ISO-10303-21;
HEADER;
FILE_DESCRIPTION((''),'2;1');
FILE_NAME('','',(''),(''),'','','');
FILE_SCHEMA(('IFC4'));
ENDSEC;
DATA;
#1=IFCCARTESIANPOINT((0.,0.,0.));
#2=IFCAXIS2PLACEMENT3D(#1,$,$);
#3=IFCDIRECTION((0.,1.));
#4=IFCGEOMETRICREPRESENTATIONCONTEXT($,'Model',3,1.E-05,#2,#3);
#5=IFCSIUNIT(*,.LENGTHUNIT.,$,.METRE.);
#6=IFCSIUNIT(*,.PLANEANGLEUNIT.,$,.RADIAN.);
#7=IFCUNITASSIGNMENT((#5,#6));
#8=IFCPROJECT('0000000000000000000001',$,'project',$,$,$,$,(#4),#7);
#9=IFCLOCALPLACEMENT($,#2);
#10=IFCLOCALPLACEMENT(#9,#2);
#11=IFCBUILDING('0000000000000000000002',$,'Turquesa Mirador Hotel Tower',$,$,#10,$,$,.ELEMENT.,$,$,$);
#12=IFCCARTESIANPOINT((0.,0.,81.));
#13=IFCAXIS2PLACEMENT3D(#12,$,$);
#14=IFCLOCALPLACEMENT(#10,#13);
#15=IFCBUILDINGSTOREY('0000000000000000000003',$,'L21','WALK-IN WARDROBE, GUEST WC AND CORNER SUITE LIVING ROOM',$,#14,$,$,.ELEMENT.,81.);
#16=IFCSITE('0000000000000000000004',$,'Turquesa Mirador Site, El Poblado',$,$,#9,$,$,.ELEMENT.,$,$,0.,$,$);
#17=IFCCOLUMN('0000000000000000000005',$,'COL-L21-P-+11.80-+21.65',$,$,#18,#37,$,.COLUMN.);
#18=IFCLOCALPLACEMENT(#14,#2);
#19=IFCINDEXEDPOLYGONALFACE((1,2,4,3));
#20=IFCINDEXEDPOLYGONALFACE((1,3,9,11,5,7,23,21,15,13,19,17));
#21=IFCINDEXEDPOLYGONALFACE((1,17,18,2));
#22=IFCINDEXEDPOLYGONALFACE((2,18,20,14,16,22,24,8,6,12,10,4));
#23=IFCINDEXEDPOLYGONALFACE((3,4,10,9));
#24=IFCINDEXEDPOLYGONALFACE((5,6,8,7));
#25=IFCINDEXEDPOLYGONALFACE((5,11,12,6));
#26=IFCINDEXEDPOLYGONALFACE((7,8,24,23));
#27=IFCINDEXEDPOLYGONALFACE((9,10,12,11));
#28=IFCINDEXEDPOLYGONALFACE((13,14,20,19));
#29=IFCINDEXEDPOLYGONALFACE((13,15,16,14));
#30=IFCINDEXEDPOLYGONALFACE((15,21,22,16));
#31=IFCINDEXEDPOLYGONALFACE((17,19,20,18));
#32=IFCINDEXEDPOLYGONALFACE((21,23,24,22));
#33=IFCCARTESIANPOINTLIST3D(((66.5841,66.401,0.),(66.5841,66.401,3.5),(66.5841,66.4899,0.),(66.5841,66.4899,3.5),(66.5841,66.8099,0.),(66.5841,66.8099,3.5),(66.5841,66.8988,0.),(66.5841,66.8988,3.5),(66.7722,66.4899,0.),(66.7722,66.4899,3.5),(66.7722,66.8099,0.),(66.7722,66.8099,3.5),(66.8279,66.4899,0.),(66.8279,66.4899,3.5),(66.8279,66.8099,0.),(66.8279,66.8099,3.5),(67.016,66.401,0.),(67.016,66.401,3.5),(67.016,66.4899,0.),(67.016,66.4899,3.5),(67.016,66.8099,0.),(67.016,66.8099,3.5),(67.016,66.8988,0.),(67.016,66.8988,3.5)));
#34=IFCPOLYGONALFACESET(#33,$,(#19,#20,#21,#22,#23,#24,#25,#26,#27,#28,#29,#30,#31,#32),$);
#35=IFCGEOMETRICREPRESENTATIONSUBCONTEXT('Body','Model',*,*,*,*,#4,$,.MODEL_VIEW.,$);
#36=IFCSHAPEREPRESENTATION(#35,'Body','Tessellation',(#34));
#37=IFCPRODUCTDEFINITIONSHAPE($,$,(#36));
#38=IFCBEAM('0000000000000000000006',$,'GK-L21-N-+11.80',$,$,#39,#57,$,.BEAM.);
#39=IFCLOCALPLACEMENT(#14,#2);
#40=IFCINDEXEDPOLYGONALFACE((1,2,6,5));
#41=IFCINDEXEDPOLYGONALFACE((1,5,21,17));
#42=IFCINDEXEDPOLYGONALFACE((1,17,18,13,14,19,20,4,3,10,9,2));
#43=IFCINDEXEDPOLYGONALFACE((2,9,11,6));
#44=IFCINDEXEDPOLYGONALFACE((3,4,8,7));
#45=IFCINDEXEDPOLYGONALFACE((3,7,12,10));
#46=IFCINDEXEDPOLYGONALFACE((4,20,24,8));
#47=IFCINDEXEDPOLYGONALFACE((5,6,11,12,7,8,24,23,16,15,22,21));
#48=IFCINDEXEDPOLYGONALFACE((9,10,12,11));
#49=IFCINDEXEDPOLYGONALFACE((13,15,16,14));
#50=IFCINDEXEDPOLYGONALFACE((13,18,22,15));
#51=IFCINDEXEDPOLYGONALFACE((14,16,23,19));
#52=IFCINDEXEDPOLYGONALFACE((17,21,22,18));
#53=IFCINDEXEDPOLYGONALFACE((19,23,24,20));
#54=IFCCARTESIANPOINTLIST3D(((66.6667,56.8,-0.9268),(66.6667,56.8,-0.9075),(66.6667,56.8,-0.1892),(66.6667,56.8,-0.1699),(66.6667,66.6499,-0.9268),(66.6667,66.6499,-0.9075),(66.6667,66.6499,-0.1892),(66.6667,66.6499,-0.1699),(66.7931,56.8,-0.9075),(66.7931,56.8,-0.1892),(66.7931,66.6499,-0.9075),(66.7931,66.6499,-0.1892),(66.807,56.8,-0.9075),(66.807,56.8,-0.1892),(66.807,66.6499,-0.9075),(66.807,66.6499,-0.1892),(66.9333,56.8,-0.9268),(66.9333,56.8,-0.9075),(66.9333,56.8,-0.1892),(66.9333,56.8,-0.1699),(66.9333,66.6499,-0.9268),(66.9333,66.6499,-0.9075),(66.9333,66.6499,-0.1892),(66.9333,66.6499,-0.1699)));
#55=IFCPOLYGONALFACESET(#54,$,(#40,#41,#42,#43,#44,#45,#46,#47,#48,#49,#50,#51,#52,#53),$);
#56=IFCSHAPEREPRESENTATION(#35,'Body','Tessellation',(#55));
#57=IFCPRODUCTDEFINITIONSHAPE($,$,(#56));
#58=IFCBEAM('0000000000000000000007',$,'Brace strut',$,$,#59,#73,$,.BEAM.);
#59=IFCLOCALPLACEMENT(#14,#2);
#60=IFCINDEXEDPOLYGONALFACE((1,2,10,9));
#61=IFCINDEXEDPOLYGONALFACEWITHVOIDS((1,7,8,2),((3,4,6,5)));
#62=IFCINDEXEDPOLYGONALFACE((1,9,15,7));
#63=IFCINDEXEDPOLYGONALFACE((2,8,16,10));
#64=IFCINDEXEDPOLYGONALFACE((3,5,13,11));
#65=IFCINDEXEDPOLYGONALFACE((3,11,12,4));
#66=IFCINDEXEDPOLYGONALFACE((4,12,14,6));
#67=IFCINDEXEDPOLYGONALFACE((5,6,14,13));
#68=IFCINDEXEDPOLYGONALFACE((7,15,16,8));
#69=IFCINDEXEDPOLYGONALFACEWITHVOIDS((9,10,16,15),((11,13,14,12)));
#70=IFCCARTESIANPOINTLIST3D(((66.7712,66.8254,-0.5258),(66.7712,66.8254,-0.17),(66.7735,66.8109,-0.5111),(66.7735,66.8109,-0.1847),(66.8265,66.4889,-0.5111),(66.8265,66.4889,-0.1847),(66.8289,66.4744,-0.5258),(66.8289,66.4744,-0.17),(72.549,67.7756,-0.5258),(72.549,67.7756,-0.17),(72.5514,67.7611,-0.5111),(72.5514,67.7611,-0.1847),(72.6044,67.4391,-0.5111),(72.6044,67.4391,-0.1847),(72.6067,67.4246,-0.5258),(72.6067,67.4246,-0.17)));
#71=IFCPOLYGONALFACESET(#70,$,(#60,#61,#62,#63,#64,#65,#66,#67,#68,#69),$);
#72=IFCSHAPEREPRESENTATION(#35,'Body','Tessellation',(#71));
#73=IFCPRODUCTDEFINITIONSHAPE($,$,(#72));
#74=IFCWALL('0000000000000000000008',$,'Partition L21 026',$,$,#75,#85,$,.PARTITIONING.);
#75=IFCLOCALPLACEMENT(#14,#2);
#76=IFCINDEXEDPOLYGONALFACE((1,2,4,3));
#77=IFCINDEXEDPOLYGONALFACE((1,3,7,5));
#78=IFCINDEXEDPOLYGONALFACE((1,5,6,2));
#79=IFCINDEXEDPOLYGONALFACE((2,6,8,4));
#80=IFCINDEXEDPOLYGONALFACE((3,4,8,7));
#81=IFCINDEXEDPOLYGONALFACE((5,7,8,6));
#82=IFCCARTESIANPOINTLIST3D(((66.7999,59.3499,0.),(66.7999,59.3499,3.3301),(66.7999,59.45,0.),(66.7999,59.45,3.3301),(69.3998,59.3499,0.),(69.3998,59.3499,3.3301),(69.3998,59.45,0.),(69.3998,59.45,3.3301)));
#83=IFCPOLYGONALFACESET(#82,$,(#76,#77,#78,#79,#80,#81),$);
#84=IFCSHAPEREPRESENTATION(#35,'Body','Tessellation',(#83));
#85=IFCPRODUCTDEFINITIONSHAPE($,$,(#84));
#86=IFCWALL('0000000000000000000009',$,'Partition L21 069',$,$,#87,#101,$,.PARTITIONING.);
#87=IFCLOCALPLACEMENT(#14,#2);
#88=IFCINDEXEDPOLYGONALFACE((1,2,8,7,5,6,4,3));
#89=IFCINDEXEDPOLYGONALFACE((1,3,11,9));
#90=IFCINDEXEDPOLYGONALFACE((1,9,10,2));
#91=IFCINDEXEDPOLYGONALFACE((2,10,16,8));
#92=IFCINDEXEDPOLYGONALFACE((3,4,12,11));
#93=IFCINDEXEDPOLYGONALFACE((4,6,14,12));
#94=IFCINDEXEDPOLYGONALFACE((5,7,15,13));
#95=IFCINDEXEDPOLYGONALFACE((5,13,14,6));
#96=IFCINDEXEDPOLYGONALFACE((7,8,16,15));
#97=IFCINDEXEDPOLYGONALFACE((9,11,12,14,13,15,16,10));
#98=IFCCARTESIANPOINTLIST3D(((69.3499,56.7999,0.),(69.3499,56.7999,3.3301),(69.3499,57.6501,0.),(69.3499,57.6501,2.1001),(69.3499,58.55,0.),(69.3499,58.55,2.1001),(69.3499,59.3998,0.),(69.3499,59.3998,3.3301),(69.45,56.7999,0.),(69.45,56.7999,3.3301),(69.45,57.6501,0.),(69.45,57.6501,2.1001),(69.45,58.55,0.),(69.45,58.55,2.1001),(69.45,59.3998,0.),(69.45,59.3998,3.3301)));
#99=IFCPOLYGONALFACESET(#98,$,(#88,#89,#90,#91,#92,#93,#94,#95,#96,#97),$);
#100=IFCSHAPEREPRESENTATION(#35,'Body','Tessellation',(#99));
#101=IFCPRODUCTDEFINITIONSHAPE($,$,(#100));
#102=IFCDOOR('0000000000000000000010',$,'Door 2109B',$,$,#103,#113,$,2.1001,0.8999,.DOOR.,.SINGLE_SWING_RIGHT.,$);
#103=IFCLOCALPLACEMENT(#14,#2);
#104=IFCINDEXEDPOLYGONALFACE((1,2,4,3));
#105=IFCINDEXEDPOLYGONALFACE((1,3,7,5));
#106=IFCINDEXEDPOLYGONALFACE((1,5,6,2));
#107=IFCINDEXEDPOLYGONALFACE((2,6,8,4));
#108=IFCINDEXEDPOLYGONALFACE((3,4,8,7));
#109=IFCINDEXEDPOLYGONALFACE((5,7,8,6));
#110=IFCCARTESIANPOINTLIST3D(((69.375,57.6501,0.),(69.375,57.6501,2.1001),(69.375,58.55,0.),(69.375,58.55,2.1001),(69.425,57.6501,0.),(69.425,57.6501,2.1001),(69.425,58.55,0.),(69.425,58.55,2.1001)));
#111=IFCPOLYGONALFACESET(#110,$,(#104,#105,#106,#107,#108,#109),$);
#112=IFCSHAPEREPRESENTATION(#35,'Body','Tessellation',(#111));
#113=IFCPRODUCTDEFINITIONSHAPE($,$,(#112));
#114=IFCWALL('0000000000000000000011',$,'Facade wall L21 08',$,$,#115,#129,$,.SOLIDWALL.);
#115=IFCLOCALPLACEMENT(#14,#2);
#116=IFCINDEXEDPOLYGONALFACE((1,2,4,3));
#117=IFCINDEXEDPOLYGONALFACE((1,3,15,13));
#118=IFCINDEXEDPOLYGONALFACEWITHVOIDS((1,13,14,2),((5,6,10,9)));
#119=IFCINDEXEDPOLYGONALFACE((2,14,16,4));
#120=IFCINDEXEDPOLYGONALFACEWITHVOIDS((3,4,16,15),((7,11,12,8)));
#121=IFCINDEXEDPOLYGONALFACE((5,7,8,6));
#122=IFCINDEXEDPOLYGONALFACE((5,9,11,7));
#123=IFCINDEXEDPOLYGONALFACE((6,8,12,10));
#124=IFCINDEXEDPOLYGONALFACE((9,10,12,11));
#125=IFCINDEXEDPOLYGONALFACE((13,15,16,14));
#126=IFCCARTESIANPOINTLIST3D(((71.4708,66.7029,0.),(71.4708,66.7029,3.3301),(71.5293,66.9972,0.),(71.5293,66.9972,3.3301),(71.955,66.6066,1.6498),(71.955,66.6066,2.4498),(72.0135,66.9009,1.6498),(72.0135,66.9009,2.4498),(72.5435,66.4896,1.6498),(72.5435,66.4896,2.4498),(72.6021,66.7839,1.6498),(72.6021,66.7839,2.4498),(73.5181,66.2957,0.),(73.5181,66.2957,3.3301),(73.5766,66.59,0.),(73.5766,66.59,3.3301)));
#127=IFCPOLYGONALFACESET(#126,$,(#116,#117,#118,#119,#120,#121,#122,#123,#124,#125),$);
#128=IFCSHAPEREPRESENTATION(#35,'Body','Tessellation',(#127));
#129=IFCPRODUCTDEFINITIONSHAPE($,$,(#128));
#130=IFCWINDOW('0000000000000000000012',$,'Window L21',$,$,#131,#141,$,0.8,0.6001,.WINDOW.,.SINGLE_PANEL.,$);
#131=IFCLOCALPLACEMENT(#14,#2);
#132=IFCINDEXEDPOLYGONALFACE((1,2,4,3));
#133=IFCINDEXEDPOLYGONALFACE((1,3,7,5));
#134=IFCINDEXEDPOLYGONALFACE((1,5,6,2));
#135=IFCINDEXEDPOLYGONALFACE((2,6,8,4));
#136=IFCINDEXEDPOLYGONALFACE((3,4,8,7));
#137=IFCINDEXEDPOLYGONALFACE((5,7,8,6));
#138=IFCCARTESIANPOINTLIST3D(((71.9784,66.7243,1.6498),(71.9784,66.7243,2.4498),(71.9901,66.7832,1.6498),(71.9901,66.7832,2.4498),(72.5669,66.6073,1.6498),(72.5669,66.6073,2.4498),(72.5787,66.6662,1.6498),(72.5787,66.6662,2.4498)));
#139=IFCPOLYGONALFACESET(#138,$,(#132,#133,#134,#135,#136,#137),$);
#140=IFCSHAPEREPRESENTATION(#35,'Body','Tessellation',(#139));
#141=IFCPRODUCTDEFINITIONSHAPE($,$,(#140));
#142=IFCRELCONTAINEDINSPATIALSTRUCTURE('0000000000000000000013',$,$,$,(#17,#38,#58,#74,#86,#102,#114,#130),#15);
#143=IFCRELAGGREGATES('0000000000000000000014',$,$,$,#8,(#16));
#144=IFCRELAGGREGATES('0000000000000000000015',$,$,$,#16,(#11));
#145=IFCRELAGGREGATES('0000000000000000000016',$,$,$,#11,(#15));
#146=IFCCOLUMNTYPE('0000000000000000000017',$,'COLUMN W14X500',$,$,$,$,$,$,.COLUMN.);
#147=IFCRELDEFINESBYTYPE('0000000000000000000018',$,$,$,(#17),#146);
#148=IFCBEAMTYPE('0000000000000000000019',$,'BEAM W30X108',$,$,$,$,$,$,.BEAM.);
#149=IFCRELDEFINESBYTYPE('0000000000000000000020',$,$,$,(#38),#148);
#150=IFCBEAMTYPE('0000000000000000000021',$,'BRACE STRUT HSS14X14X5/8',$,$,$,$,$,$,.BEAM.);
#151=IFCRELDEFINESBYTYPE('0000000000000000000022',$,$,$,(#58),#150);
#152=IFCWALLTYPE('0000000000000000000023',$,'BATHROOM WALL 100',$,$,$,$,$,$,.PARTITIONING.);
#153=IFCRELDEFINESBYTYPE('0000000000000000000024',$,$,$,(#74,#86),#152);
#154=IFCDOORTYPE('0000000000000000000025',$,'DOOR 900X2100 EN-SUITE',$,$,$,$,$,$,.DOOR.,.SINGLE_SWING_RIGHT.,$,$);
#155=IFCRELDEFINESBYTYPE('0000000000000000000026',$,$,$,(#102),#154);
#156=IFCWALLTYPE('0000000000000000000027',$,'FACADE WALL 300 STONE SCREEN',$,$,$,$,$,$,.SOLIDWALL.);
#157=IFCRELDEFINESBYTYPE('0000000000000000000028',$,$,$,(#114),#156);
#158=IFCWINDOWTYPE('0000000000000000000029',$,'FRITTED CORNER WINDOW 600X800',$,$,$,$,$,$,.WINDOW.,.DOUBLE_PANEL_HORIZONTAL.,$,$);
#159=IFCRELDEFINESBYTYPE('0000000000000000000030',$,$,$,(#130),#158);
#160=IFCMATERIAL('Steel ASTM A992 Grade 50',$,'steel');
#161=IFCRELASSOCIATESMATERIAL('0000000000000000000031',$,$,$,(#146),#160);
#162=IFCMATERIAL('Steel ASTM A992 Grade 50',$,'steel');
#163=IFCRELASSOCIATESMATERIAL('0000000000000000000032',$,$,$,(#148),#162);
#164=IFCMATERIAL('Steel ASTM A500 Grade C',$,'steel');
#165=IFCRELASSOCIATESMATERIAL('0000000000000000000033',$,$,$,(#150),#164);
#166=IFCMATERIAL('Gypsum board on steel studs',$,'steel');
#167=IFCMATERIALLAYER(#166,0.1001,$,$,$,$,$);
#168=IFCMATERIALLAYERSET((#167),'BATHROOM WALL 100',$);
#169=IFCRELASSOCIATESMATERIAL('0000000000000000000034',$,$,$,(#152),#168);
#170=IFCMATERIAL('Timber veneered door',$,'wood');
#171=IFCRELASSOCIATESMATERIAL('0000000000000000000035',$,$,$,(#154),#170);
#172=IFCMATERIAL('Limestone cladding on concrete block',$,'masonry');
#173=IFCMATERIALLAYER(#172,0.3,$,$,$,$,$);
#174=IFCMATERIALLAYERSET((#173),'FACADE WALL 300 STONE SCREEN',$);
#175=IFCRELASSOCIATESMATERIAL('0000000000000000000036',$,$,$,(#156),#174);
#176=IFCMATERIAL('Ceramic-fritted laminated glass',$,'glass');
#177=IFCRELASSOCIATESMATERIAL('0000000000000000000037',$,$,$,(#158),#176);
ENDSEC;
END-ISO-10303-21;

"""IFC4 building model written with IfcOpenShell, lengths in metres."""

from ifc_helpers import new_model, si_unit, direction, frame, frame_2d, origin, origin_2d, place, context, subcontext, project, spatial, rectangle, hollow_rectangle, i_section, extrude, material, layer, layer_set, material_profile, profile_set, type_object, element, fill, save


model = new_model("IFC4")

# Units and contexts
model_context = context("Model", 3, precision=1e-05, world=origin(), true_north=direction((0.0, 1.0)))
body_context = subcontext(model_context, "Body", "Model", "MODEL_VIEW")
ifc_project = project(units=[si_unit("LENGTHUNIT", "METRE"), si_unit("PLANEANGLEUNIT", "RADIAN")], contexts=[model_context])

# Site, building, storey
site_placement = place(None, origin())
site = spatial("IfcSite", under=ifc_project, at=site_placement, Name="Turquesa Mirador Site, El Poblado", CompositionType="ELEMENT", RefElevation=0.0)
building_placement = place(site_placement, origin())
building = spatial("IfcBuilding", under=site, at=building_placement, Name="Turquesa Mirador Hotel Tower", CompositionType="ELEMENT")
storey_placement = place(building_placement, frame((0.0, 0.0, 81.0)))
storey = spatial("IfcBuildingStorey", under=building, at=storey_placement, Name="L21", Description="WALK-IN WARDROBE, GUEST WC AND CORNER SUITE LIVING ROOM", CompositionType="ELEMENT", Elevation=81.0)

# Column
ifc_material_1 = material(Name="Steel ASTM A992 Grade 50", Category="steel")
ifc_material_profile_1 = material_profile(ifc_material_1, i_section(OverallWidth=0.4319, OverallDepth=0.4978, WebThickness=0.0557, FlangeThickness=0.0889, at=origin_2d()), Name="W14X500")
ifc_profile_set_1 = profile_set([ifc_material_profile_1], Name="Steel ASTM A992 Grade 50")
column_type = type_object("IfcColumnType", Name="COLUMN W14X500", PredefinedType="COLUMN", material=ifc_profile_set_1)
column_placement = place(storey_placement, frame((66.8, 66.6499, 0.0), z_axis=(0.0, 0.0, 1.0), x_axis=(1.0, 0.0, 0.0)))
element("IfcColumn", 1, at=column_placement, inside=storey, type_object=column_type, Name="COL-L21-P-+11.80-+21.65", PredefinedType="COLUMN", context=body_context, shape_type="SweptSolid", body=[
    extrude(i_section(OverallWidth=0.4319, OverallDepth=0.4978, WebThickness=0.0557, FlangeThickness=0.0889, at=origin_2d()), origin(), (0.0, 0.0, 1.0), 3.5),
])

# Beams
ifc_material_2 = material(Name="Steel ASTM A992 Grade 50", Category="steel")
ifc_material_profile_2 = material_profile(ifc_material_2, i_section(OverallWidth=0.2666, OverallDepth=0.7568, WebThickness=0.0139, FlangeThickness=0.0193, at=origin_2d()), Name="W30X108")
ifc_profile_set_2 = profile_set([ifc_material_profile_2], Name="Steel ASTM A992 Grade 50")
beam_type_1 = type_object("IfcBeamType", Name="BEAM W30X108", PredefinedType="BEAM", material=ifc_profile_set_2)
beam_1_placement = place(storey_placement, frame((66.8, 66.6499, -0.5483), z_axis=(0.0, -1.0, 0.0), x_axis=(1.0, 0.0, 0.0)))
element("IfcBeam", 2, at=beam_1_placement, inside=storey, type_object=beam_type_1, Name="GK-L21-N-+11.80", PredefinedType="BEAM", context=body_context, shape_type="SweptSolid", body=[
    extrude(i_section(OverallWidth=0.2666, OverallDepth=0.7568, WebThickness=0.0139, FlangeThickness=0.0193, at=origin_2d()), origin(), (0.0, 0.0, 1.0), 9.8499),
])
ifc_material_3 = material(Name="Steel ASTM A500 Grade C", Category="steel")
ifc_material_profile_3 = material_profile(ifc_material_3, hollow_rectangle(XDim=0.3557, YDim=0.3557, WallThickness=0.0146, at=origin_2d()), Name="HSS14X14X5/8")
ifc_profile_set_3 = profile_set([ifc_material_profile_3], Name="Steel ASTM A500 Grade C")
beam_type_2 = type_object("IfcBeamType", Name="BRACE STRUT HSS14X14X5/8", PredefinedType="BEAM", material=ifc_profile_set_3)
beam_2_placement = place(storey_placement, frame((72.5779, 67.6001, -0.3479), z_axis=(-0.986745, -0.162276, 0.0), x_axis=(0.162276, -0.986745, 0.0)))
element("IfcBeam", 3, at=beam_2_placement, inside=storey, type_object=beam_type_2, Name="Brace strut", PredefinedType="BEAM", context=body_context, shape_type="SweptSolid", body=[
    extrude(hollow_rectangle(XDim=0.3557, YDim=0.3557, WallThickness=0.0146, at=origin_2d()), origin(), (0.0, 0.0, 1.0), 5.8555),
])

# Wall
ifc_material_4 = material(Name="Gypsum board on steel studs", Category="steel")
ifc_layer_1 = layer(ifc_material_4, 0.1001)
ifc_layer_set_1 = layer_set([ifc_layer_1], Name="BATHROOM WALL 100")
wall_type_1 = type_object("IfcWallType", Name="BATHROOM WALL 100", PredefinedType="PARTITIONING", material=ifc_layer_set_1)
wall_1_placement = place(storey_placement, frame((66.8, 59.3999, 0.0), z_axis=(0.0, 0.0, 1.0), x_axis=(1.0, 0.0, 0.0)))
element("IfcWall", 4, at=wall_1_placement, inside=storey, type_object=wall_type_1, Name="Partition L21 026", PredefinedType="PARTITIONING", context=body_context, shape_type="SweptSolid", body=[
    extrude(rectangle(XDim=2.5999, YDim=0.1001, at=frame_2d((1.2998, 0.0))), origin(), (0.0, 0.0, 1.0), 3.3301),
])

# Wall, opening, door
wall_2_placement = place(storey_placement, frame((69.3999, 56.8, 0.0), z_axis=(0.0, 0.0, 1.0), x_axis=(0.0, 1.0, 0.0)))
wall_2 = element("IfcWall", 5, at=wall_2_placement, inside=storey, type_object=wall_type_1, Name="Partition L21 069", PredefinedType="PARTITIONING", context=body_context, shape_type="SweptSolid", body=[
    extrude(rectangle(XDim=2.5999, YDim=0.1001, at=frame_2d((1.2998, 0.0))), origin(), (0.0, 0.0, 1.0), 3.3301),
])
opening_1_placement = place(wall_2_placement, frame((0.8501, 0.0, 0.0)))
opening_1 = element("IfcOpeningElement", 6, at=opening_1_placement, cuts=wall_2, PredefinedType="OPENING", context=body_context, shape_type="SweptSolid", body=[
    extrude(rectangle(XDim=0.8999, YDim=2.1001, at=frame_2d((0.45, 1.05))), frame((0.0, 0.0601, 0.0), z_axis=(0.0, -1.0, 0.0), x_axis=(1.0, 0.0, 0.0)), (0.0, 0.0, 1.0), 0.1201),
])
ifc_material_5 = material(Name="Timber veneered door", Category="wood")
door_type = type_object("IfcDoorType", Name="DOOR 900X2100 EN-SUITE", OperationType="SINGLE_SWING_RIGHT", PredefinedType="DOOR", material=ifc_material_5)
door_placement = place(opening_1_placement, origin())
door = element("IfcDoor", 7, at=door_placement, inside=storey, type_object=door_type, Name="Door 2109B", OperationType="SINGLE_SWING_RIGHT", OverallHeight=2.1001, OverallWidth=0.8999, PredefinedType="DOOR", context=body_context, shape_type="SweptSolid", body=[
    extrude(rectangle(XDim=0.8999, YDim=2.1001, at=frame_2d((0.45, 1.05))), frame((0.0, 0.0249, 0.0), z_axis=(0.0, -1.0, 0.0), x_axis=(1.0, 0.0, 0.0)), (0.0, 0.0, 1.0), 0.05),
])
fill(opening_1, door)

# Wall, opening, window
ifc_material_6 = material(Name="Limestone cladding on concrete block", Category="masonry")
ifc_layer_2 = layer(ifc_material_6, 0.3)
ifc_layer_set_2 = layer_set([ifc_layer_2], Name="FACADE WALL 300 STONE SCREEN")
wall_type_2 = type_object("IfcWallType", Name="FACADE WALL 300 STONE SCREEN", PredefinedType="SOLIDWALL", material=ifc_layer_set_2)
wall_3_placement = place(storey_placement, frame((73.5474, 66.4429, 0.0), z_axis=(0.0, 0.0, 1.0), x_axis=(-0.980787, 0.195081, 0.0)))
wall_3 = element("IfcWall", 8, at=wall_3_placement, inside=storey, type_object=wall_type_2, Name="Facade wall L21 08", PredefinedType="SOLIDWALL", context=body_context, shape_type="SweptSolid", body=[
    extrude(rectangle(XDim=2.0874, YDim=0.3, at=frame_2d((1.0437, 0.0))), origin(), (0.0, 0.0, 1.0), 3.3301),
])
opening_2_placement = place(wall_3_placement, frame((0.9937, 0.0, 1.6499)))
opening_2 = element("IfcOpeningElement", 9, at=opening_2_placement, cuts=wall_3, PredefinedType="OPENING", context=body_context, shape_type="SweptSolid", body=[
    extrude(rectangle(XDim=0.6001, YDim=0.8, at=frame_2d((0.3, 0.3999))), frame((0.0, 0.1599, 0.0), z_axis=(0.0, -1.0, 0.0), x_axis=(1.0, 0.0, 0.0)), (0.0, 0.0, 1.0), 0.3201),
])
ifc_material_7 = material(Name="Ceramic-fritted laminated glass", Category="glass")
window_type_1 = type_object("IfcWindowType", Name="FRITTED CORNER WINDOW 600X800", PartitioningType="DOUBLE_PANEL_HORIZONTAL", PredefinedType="WINDOW", material=ifc_material_7)
window_1_placement = place(opening_2_placement, origin())
window_1 = element("IfcWindow", 10, at=window_1_placement, inside=storey, type_object=window_type_1, Name="Window L21", OverallHeight=0.8, OverallWidth=0.6001, PartitioningType="SINGLE_PANEL", PredefinedType="WINDOW", context=body_context, shape_type="SweptSolid", body=[
    extrude(rectangle(XDim=0.6001, YDim=0.8, at=frame_2d((0.3, 0.3999))), frame((0.0, 0.03, 0.0), z_axis=(0.0, -1.0, 0.0), x_axis=(1.0, 0.0, 0.0)), (0.0, 0.0, 1.0), 0.0601),
])
fill(opening_2, window_1)

save(model, "model.ifc")
